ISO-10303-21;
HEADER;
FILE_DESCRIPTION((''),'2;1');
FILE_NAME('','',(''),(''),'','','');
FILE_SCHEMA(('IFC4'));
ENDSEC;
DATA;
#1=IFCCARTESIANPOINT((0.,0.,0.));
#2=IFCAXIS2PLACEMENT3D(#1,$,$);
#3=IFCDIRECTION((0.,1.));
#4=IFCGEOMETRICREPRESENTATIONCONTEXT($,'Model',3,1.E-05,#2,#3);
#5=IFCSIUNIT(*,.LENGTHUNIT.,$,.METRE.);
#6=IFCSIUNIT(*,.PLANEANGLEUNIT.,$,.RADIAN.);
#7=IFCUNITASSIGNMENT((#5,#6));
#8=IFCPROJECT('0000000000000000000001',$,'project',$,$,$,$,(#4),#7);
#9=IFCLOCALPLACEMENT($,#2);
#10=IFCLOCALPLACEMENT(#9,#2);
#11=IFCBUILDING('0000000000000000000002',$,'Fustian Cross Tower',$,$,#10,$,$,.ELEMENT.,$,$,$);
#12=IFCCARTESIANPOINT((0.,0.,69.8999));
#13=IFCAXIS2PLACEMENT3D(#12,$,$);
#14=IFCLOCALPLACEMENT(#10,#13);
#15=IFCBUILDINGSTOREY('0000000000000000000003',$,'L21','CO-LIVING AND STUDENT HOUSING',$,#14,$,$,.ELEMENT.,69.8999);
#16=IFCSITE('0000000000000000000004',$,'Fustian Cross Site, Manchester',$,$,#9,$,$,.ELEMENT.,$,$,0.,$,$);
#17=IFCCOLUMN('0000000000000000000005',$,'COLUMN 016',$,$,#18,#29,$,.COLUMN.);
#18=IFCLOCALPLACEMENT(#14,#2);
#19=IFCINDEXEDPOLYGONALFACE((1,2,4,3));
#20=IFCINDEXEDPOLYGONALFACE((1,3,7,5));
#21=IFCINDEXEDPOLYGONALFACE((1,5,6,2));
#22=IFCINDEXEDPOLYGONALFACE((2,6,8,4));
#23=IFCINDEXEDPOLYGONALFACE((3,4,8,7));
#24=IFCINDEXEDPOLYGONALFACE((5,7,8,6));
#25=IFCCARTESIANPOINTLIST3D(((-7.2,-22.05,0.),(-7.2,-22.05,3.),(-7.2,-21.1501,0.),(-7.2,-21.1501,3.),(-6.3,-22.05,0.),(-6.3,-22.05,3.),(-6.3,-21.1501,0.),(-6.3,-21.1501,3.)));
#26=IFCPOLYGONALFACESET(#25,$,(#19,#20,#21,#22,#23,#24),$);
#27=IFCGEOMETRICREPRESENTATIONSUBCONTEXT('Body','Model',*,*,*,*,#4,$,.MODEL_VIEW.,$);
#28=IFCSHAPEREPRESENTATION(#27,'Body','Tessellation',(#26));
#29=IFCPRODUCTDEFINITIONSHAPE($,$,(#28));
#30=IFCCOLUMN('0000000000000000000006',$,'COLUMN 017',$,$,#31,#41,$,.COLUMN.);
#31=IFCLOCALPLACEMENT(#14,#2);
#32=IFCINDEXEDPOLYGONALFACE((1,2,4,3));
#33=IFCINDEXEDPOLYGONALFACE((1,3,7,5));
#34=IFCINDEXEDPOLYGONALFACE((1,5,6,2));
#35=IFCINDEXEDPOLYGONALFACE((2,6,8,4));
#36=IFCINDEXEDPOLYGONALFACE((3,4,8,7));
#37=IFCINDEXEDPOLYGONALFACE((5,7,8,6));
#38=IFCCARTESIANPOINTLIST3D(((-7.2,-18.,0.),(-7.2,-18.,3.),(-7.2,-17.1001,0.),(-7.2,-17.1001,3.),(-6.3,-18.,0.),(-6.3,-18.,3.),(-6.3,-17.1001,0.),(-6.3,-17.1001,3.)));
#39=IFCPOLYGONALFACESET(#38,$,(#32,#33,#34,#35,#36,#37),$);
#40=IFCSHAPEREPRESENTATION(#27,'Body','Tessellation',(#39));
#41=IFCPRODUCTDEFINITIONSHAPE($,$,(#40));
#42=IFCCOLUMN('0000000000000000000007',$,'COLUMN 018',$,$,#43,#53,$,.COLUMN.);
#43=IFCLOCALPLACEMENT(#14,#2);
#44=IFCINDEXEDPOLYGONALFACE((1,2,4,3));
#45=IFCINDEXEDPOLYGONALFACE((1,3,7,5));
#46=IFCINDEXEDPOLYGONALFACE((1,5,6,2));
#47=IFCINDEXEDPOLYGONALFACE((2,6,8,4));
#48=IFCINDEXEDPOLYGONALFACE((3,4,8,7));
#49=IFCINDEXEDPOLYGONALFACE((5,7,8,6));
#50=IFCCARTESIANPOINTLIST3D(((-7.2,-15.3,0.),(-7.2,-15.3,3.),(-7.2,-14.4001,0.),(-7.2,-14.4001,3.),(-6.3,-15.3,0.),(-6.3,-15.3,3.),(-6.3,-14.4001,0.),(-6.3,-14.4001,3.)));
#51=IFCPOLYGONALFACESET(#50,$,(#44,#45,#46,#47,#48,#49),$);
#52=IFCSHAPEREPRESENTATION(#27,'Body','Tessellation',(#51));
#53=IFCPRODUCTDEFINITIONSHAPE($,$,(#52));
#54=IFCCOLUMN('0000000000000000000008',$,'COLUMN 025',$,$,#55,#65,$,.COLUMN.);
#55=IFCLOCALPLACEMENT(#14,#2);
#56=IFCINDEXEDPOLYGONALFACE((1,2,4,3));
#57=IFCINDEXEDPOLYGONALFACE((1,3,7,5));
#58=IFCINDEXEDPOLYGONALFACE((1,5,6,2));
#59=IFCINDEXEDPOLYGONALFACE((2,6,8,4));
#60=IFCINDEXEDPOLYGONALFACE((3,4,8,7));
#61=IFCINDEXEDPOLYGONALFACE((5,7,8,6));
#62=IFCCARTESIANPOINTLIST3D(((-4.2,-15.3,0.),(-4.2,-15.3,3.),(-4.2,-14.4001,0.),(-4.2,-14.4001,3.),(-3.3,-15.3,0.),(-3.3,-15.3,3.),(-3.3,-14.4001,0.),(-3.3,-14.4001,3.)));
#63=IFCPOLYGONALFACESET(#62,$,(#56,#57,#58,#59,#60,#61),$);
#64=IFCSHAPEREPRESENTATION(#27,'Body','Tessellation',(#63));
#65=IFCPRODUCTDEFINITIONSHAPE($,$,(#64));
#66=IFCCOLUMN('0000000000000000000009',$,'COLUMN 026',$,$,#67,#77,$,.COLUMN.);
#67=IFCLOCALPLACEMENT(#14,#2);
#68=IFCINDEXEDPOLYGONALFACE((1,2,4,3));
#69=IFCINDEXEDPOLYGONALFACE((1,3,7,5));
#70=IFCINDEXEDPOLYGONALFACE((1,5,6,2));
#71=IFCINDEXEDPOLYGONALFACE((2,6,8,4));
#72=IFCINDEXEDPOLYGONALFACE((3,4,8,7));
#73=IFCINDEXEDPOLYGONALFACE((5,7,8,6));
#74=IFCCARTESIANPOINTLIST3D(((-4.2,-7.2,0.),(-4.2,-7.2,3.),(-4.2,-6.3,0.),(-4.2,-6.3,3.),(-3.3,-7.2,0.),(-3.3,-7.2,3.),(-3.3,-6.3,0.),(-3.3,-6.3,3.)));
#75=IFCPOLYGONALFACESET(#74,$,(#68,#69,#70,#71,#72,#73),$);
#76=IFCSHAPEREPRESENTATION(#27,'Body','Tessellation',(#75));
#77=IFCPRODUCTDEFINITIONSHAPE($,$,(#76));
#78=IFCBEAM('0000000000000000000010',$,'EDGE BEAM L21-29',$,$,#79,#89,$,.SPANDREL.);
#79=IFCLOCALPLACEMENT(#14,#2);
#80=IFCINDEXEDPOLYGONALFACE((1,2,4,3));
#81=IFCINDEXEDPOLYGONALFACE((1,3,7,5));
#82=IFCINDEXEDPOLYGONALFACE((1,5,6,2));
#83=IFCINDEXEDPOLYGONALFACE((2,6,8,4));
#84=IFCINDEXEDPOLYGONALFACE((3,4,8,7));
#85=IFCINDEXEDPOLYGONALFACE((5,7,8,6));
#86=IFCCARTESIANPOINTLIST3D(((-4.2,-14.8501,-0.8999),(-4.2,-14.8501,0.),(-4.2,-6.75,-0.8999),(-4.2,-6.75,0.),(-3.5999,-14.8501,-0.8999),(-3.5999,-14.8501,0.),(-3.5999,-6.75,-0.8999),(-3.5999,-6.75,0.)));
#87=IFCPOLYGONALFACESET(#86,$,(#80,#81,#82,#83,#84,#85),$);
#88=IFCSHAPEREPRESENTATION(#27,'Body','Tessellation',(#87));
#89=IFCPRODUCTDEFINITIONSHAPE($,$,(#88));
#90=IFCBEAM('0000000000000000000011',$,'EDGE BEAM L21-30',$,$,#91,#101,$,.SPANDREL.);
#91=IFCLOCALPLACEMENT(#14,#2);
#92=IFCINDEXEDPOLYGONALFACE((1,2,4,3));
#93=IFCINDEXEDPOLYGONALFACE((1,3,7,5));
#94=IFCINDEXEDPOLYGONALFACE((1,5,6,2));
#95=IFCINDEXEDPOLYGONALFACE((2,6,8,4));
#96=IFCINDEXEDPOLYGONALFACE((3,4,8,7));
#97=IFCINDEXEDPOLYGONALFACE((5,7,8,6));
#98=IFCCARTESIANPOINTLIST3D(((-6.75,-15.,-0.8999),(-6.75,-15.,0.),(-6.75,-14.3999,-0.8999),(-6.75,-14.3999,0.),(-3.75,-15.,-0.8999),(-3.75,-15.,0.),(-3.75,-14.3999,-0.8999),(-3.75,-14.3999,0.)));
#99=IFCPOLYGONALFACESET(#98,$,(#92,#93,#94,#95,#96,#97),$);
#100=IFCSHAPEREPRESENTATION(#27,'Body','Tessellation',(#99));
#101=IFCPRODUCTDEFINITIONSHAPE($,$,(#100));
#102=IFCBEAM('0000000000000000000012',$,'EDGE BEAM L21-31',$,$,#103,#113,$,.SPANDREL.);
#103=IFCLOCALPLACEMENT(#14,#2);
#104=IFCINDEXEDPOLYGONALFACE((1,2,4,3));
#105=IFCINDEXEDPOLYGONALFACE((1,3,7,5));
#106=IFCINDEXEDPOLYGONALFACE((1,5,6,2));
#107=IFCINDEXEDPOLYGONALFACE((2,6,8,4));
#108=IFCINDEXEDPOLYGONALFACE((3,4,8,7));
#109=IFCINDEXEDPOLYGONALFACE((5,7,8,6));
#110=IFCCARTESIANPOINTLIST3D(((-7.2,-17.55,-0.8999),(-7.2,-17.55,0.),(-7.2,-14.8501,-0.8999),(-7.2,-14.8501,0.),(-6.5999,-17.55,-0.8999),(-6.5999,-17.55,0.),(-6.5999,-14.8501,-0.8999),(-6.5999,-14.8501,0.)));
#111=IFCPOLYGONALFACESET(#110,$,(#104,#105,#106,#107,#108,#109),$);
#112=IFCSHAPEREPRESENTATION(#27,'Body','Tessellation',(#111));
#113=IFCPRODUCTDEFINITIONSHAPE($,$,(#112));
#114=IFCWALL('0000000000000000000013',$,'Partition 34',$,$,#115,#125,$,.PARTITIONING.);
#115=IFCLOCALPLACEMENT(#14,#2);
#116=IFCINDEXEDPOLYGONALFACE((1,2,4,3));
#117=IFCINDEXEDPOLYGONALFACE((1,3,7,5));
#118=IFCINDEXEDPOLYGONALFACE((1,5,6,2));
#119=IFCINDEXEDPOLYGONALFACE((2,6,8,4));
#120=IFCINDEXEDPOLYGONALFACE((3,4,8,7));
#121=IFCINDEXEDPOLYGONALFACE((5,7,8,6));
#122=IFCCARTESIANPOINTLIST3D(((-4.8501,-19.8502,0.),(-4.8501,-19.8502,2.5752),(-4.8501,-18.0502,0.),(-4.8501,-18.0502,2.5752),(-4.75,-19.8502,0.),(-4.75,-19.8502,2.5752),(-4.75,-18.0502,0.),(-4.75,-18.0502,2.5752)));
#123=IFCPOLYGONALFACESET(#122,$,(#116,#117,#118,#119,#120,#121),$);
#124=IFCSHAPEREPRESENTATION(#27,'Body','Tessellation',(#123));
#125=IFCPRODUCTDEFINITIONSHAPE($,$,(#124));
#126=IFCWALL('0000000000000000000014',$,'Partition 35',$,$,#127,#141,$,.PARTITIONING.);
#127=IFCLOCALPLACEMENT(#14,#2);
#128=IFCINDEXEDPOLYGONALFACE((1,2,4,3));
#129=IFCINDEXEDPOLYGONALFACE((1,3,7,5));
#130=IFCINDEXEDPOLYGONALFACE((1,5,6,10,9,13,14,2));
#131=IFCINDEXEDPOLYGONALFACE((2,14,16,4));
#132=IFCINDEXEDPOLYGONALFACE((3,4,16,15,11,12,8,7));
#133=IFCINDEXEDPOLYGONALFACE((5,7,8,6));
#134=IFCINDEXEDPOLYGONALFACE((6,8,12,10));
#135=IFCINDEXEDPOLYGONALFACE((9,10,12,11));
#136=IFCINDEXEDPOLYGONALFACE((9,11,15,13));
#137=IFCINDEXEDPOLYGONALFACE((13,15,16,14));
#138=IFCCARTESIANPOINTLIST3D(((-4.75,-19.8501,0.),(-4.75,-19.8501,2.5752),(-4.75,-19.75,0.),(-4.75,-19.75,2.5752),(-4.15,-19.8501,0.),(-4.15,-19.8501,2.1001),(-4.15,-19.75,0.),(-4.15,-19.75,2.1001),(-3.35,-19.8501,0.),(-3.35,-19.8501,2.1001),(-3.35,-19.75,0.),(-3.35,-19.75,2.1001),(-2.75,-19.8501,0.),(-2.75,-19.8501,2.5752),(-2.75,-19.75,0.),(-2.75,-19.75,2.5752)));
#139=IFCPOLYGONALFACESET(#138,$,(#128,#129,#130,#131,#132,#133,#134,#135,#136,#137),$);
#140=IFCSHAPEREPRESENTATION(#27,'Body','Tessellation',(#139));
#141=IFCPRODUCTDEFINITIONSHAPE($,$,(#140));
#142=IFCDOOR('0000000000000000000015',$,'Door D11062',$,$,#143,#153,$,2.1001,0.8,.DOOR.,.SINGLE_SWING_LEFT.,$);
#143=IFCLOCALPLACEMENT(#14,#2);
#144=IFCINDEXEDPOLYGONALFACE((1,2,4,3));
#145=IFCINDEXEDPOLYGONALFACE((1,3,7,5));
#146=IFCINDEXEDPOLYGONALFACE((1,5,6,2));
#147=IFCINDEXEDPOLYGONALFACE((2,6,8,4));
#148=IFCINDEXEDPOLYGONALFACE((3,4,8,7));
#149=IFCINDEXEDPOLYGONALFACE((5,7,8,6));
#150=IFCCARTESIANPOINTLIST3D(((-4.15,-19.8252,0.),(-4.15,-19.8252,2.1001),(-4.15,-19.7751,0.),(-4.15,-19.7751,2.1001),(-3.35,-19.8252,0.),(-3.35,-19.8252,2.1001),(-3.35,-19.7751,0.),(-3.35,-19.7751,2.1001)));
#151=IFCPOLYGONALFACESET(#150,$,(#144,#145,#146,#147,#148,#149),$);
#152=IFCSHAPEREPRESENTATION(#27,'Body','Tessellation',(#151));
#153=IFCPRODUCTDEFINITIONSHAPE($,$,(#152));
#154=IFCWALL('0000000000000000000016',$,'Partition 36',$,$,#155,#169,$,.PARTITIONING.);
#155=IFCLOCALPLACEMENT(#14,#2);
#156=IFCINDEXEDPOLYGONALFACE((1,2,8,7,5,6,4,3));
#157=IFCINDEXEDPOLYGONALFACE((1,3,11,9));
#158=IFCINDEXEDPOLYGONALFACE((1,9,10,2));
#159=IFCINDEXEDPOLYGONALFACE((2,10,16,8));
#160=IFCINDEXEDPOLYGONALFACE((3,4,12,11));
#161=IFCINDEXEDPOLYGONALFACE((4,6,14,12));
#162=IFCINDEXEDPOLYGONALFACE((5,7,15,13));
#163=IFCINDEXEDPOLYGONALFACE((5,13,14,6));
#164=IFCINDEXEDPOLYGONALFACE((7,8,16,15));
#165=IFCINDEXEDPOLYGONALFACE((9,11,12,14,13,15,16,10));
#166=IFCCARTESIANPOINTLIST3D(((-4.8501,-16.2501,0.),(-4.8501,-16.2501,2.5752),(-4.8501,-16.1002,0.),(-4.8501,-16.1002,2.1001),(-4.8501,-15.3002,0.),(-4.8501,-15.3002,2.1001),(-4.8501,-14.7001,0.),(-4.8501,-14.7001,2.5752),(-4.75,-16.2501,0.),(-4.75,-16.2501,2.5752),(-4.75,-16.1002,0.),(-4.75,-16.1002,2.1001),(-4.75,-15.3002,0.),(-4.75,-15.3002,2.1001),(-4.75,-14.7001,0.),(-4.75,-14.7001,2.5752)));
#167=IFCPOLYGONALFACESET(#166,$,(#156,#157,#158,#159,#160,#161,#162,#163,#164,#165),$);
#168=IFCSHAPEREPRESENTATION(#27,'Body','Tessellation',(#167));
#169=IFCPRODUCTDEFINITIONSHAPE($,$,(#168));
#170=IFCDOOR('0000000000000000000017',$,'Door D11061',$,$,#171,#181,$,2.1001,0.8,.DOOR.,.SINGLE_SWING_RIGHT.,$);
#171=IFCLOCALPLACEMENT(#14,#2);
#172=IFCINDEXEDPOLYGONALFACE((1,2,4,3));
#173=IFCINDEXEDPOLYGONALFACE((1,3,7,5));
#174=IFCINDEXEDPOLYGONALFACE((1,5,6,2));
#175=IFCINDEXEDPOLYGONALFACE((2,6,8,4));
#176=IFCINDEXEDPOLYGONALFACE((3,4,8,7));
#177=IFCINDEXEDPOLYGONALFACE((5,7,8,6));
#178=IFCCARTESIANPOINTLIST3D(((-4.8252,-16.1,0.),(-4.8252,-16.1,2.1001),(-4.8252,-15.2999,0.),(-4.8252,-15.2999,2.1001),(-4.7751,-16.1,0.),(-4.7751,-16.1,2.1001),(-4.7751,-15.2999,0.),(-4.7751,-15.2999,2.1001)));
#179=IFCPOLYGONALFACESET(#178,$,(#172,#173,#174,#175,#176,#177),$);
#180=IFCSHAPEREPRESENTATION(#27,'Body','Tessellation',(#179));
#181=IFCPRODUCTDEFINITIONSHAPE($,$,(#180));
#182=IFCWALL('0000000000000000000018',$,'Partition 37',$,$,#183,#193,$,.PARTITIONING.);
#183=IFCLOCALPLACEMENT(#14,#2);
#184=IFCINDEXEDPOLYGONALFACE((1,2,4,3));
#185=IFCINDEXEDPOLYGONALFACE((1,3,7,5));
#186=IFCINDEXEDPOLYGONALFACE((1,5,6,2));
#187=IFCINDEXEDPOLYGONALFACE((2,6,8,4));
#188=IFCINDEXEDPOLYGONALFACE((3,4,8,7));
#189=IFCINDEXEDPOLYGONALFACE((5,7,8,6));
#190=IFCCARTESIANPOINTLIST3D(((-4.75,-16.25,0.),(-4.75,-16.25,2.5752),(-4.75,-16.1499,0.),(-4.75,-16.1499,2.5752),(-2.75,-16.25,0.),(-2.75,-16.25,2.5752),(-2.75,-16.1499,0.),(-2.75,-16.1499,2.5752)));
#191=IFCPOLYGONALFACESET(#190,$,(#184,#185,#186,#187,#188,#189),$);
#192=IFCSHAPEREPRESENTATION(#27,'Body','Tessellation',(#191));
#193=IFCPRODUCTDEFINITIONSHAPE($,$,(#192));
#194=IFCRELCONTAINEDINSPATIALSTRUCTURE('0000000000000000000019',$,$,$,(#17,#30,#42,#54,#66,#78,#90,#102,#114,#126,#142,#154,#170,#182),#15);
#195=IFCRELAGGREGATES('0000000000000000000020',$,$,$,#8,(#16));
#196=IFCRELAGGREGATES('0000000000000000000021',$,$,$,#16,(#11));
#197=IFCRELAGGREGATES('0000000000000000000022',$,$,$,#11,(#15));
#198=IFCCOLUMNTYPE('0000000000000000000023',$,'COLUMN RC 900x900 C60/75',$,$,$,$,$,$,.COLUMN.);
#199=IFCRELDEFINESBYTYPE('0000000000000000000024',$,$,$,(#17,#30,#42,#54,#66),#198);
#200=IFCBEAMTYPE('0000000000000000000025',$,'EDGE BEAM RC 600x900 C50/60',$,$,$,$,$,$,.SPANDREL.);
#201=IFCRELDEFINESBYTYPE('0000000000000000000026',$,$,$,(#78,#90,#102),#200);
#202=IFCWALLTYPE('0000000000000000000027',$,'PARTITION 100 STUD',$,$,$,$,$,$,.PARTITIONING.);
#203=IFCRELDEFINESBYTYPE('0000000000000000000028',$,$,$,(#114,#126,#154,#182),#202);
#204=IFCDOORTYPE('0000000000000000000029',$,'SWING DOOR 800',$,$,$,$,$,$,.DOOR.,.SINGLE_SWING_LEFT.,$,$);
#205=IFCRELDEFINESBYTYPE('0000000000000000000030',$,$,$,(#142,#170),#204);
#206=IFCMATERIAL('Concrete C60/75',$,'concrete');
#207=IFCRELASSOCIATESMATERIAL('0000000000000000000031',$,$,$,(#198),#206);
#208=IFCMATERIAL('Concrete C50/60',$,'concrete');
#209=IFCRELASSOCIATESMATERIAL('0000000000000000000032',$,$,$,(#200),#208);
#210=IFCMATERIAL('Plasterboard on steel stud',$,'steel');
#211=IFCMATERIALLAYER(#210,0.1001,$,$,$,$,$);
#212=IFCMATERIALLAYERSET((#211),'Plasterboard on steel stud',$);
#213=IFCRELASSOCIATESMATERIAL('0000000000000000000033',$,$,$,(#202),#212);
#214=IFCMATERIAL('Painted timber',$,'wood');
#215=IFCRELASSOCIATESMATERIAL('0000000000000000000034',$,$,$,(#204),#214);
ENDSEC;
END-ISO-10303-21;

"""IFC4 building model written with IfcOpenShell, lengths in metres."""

from ifc_helpers import new_model, si_unit, direction, frame, frame_2d, origin, origin_2d, place, context, subcontext, project, spatial, rectangle, extrude, material, layer, layer_set, material_profile, profile_set, type_object, element, fill, save


model = new_model("IFC4")

# Units and contexts
model_context = context("Model", 3, precision=1e-05, world=origin(), true_north=direction((0.0, 1.0)))
body_context = subcontext(model_context, "Body", "Model", "MODEL_VIEW")
ifc_project = project(units=[si_unit("LENGTHUNIT", "METRE"), si_unit("PLANEANGLEUNIT", "RADIAN")], contexts=[model_context])

# Site, building, storey
site_placement = place(None, origin())
site = spatial("IfcSite", under=ifc_project, at=site_placement, Name="Fustian Cross Site, Manchester", CompositionType="ELEMENT", RefElevation=0.0)
building_placement = place(site_placement, origin())
building = spatial("IfcBuilding", under=site, at=building_placement, Name="Fustian Cross Tower", CompositionType="ELEMENT")
storey_placement = place(building_placement, frame((0.0, 0.0, 69.8999)))
storey = spatial("IfcBuildingStorey", under=building, at=storey_placement, Name="L21", Description="CO-LIVING AND STUDENT HOUSING", CompositionType="ELEMENT", Elevation=69.8999)

# Columns
ifc_material_1 = material(Name="Concrete C60/75", Category="concrete")
ifc_material_profile_1 = material_profile(ifc_material_1, rectangle(XDim=0.8999, YDim=0.8999, at=origin_2d()), Name="RC 900x900")
ifc_profile_set_1 = profile_set([ifc_material_profile_1], Name="Concrete C60/75")
column_type = type_object("IfcColumnType", Name="COLUMN RC 900x900 C60/75", PredefinedType="COLUMN", material=ifc_profile_set_1)
for number, where, z_axis, x_axis, name in (
    (1, (-6.75, -21.6001, 0.0), (0.0, 0.0, 1.0), (1.0, 0.0, 0.0), "COLUMN 016"),
    (2, (-6.75, -17.55, 0.0), (0.0, 0.0, 1.0), (1.0, 0.0, 0.0), "COLUMN 017"),
    (3, (-6.75, -14.8501, 0.0), (0.0, 0.0, 1.0), (1.0, 0.0, 0.0), "COLUMN 018"),
    (4, (-3.75, -14.8501, 0.0), (0.0, 0.0, 1.0), (1.0, 0.0, 0.0), "COLUMN 025"),
    (5, (-3.75, -6.75, 0.0), (0.0, 0.0, 1.0), (1.0, 0.0, 0.0), "COLUMN 026"),
):
    element("IfcColumn", number, at=place(storey_placement, frame(where, z_axis=z_axis, x_axis=x_axis)), inside=storey, type_object=column_type, Name=name, PredefinedType="COLUMN", context=body_context, shape_type="SweptSolid", body=[
        extrude(rectangle(XDim=0.8999, YDim=0.8999, at=origin_2d()), origin(), (0.0, 0.0, 1.0), 3.0),
    ])

# Beams
ifc_material_2 = material(Name="Concrete C50/60", Category="concrete")
ifc_material_profile_2 = material_profile(ifc_material_2, rectangle(XDim=0.6001, YDim=0.8999, at=origin_2d()), Name="RC 600x900")
ifc_profile_set_2 = profile_set([ifc_material_profile_2], Name="Concrete C50/60")
beam_type = type_object("IfcBeamType", Name="EDGE BEAM RC 600x900 C50/60", PredefinedType="SPANDREL", material=ifc_profile_set_2)
beam_1_placement = place(storey_placement, frame((-3.8999, -6.75, -0.45), z_axis=(0.0, -1.0, 0.0), x_axis=(1.0, 0.0, 0.0)))
element("IfcBeam", 6, at=beam_1_placement, inside=storey, type_object=beam_type, Name="EDGE BEAM L21-29", PredefinedType="SPANDREL", context=body_context, shape_type="SweptSolid", body=[
    extrude(rectangle(XDim=0.6001, YDim=0.8999, at=origin_2d()), origin(), (0.0, 0.0, 1.0), 8.1001),
])
beam_2_placement = place(storey_placement, frame((-3.75, -14.7, -0.45), z_axis=(-1.0, 0.0, 0.0), x_axis=(0.0, -1.0, 0.0)))
element("IfcBeam", 7, at=beam_2_placement, inside=storey, type_object=beam_type, Name="EDGE BEAM L21-30", PredefinedType="SPANDREL", context=body_context, shape_type="SweptSolid", body=[
    extrude(rectangle(XDim=0.6001, YDim=0.8999, at=origin_2d()), origin(), (0.0, 0.0, 1.0), 3.0),
])
beam_3_placement = place(storey_placement, frame((-6.8999, -14.8501, -0.45), z_axis=(0.0, -1.0, 0.0), x_axis=(1.0, 0.0, 0.0)))
element("IfcBeam", 8, at=beam_3_placement, inside=storey, type_object=beam_type, Name="EDGE BEAM L21-31", PredefinedType="SPANDREL", context=body_context, shape_type="SweptSolid", body=[
    extrude(rectangle(XDim=0.6001, YDim=0.8999, at=origin_2d()), origin(), (0.0, 0.0, 1.0), 2.7),
])

# Wall
ifc_material_3 = material(Name="Plasterboard on steel stud", Category="steel")
ifc_layer_1 = layer(ifc_material_3, 0.1001)
ifc_layer_set_1 = layer_set([ifc_layer_1], Name="Plasterboard on steel stud")
wall_type_1 = type_object("IfcWallType", Name="PARTITION 100 STUD", PredefinedType="PARTITIONING", material=ifc_layer_set_1)
wall_1_placement = place(storey_placement, frame((-4.8, -19.8501, 0.0), z_axis=(0.0, 0.0, 1.0), x_axis=(0.0, 1.0, 0.0)))
element("IfcWall", 9, at=wall_1_placement, inside=storey, type_object=wall_type_1, Name="Partition 34", PredefinedType="PARTITIONING", context=body_context, shape_type="SweptSolid", body=[
    extrude(rectangle(XDim=1.8, YDim=0.1001, at=frame_2d((0.8999, 0.0))), origin(), (0.0, 0.0, 1.0), 2.5752),
])

# Walls, openings, doors
wall_2_placement = place(storey_placement, frame((-4.75, -19.8, 0.0), z_axis=(0.0, 0.0, 1.0), x_axis=(1.0, 0.0, 0.0)))
wall_2 = element("IfcWall", 10, at=wall_2_placement, inside=storey, type_object=wall_type_1, Name="Partition 35", PredefinedType="PARTITIONING", context=body_context, shape_type="SweptSolid", body=[
    extrude(rectangle(XDim=2.0, YDim=0.1001, at=frame_2d((1.0, 0.0))), origin(), (0.0, 0.0, 1.0), 2.5752),
])
opening_1_placement = place(wall_2_placement, frame((0.6001, 0.0, 0.0)))
opening_1 = element("IfcOpeningElement", 11, at=opening_1_placement, cuts=wall_2, PredefinedType="OPENING", context=body_context, shape_type="SweptSolid", body=[
    extrude(rectangle(XDim=0.8, YDim=2.1001, at=frame_2d((0.3999, 1.05))), frame((0.0, 0.0601, 0.0), z_axis=(0.0, -1.0, 0.0), x_axis=(1.0, 0.0, 0.0)), (0.0, 0.0, 1.0), 0.1201),
])
ifc_material_4 = material(Name="Painted timber", Category="wood")
door_type_1 = type_object("IfcDoorType", Name="SWING DOOR 800", OperationType="SINGLE_SWING_LEFT", PredefinedType="DOOR", material=ifc_material_4)
door_1_placement = place(opening_1_placement, origin())
door_1 = element("IfcDoor", 12, at=door_1_placement, inside=storey, type_object=door_type_1, Name="Door D11062", OperationType="SINGLE_SWING_LEFT", OverallHeight=2.1001, OverallWidth=0.8, PredefinedType="DOOR", context=body_context, shape_type="SweptSolid", body=[
    extrude(rectangle(XDim=0.8, YDim=2.1001, at=frame_2d((0.3999, 1.05))), frame((0.0, 0.0249, 0.0), z_axis=(0.0, -1.0, 0.0), x_axis=(1.0, 0.0, 0.0)), (0.0, 0.0, 1.0), 0.05),
])
fill(opening_1, door_1)
wall_3_placement = place(storey_placement, frame((-4.8, -16.25, 0.0), z_axis=(0.0, 0.0, 1.0), x_axis=(0.0, 1.0, 0.0)))
wall_3 = element("IfcWall", 13, at=wall_3_placement, inside=storey, type_object=wall_type_1, Name="Partition 36", PredefinedType="PARTITIONING", context=body_context, shape_type="SweptSolid", body=[
    extrude(rectangle(XDim=1.55, YDim=0.1001, at=frame_2d((0.7749, 0.0))), origin(), (0.0, 0.0, 1.0), 2.5752),
])
opening_2_placement = place(wall_3_placement, frame((0.1499, 0.0, 0.0)))
opening_2 = element("IfcOpeningElement", 14, at=opening_2_placement, cuts=wall_3, PredefinedType="OPENING", context=body_context, shape_type="SweptSolid", body=[
    extrude(rectangle(XDim=0.8, YDim=2.1001, at=frame_2d((0.3999, 1.05))), frame((0.0, 0.0601, 0.0), z_axis=(0.0, -1.0, 0.0), x_axis=(1.0, 0.0, 0.0)), (0.0, 0.0, 1.0), 0.1201),
])
door_2_placement = place(opening_2_placement, frame((0.8, 0.0, 0.0), z_axis=(0.0, 0.0, 1.0), x_axis=(-1.0, 0.0, 0.0)))
door_2 = element("IfcDoor", 15, at=door_2_placement, inside=storey, type_object=door_type_1, Name="Door D11061", OperationType="SINGLE_SWING_RIGHT", OverallHeight=2.1001, OverallWidth=0.8, PredefinedType="DOOR", context=body_context, shape_type="SweptSolid", body=[
    extrude(rectangle(XDim=0.8, YDim=2.1001, at=frame_2d((0.3999, 1.05))), frame((0.0, 0.0249, 0.0), z_axis=(0.0, -1.0, 0.0), x_axis=(1.0, 0.0, 0.0)), (0.0, 0.0, 1.0), 0.05),
])
fill(opening_2, door_2)

# Wall
wall_4_placement = place(storey_placement, frame((-4.75, -16.2, 0.0), z_axis=(0.0, 0.0, 1.0), x_axis=(1.0, 0.0, 0.0)))
element("IfcWall", 16, at=wall_4_placement, inside=storey, type_object=wall_type_1, Name="Partition 37", PredefinedType="PARTITIONING", context=body_context, shape_type="SweptSolid", body=[
    extrude(rectangle(XDim=2.0, YDim=0.1001, at=frame_2d((1.0, 0.0))), origin(), (0.0, 0.0, 1.0), 2.5752),
])

save(model, "model.ifc")
